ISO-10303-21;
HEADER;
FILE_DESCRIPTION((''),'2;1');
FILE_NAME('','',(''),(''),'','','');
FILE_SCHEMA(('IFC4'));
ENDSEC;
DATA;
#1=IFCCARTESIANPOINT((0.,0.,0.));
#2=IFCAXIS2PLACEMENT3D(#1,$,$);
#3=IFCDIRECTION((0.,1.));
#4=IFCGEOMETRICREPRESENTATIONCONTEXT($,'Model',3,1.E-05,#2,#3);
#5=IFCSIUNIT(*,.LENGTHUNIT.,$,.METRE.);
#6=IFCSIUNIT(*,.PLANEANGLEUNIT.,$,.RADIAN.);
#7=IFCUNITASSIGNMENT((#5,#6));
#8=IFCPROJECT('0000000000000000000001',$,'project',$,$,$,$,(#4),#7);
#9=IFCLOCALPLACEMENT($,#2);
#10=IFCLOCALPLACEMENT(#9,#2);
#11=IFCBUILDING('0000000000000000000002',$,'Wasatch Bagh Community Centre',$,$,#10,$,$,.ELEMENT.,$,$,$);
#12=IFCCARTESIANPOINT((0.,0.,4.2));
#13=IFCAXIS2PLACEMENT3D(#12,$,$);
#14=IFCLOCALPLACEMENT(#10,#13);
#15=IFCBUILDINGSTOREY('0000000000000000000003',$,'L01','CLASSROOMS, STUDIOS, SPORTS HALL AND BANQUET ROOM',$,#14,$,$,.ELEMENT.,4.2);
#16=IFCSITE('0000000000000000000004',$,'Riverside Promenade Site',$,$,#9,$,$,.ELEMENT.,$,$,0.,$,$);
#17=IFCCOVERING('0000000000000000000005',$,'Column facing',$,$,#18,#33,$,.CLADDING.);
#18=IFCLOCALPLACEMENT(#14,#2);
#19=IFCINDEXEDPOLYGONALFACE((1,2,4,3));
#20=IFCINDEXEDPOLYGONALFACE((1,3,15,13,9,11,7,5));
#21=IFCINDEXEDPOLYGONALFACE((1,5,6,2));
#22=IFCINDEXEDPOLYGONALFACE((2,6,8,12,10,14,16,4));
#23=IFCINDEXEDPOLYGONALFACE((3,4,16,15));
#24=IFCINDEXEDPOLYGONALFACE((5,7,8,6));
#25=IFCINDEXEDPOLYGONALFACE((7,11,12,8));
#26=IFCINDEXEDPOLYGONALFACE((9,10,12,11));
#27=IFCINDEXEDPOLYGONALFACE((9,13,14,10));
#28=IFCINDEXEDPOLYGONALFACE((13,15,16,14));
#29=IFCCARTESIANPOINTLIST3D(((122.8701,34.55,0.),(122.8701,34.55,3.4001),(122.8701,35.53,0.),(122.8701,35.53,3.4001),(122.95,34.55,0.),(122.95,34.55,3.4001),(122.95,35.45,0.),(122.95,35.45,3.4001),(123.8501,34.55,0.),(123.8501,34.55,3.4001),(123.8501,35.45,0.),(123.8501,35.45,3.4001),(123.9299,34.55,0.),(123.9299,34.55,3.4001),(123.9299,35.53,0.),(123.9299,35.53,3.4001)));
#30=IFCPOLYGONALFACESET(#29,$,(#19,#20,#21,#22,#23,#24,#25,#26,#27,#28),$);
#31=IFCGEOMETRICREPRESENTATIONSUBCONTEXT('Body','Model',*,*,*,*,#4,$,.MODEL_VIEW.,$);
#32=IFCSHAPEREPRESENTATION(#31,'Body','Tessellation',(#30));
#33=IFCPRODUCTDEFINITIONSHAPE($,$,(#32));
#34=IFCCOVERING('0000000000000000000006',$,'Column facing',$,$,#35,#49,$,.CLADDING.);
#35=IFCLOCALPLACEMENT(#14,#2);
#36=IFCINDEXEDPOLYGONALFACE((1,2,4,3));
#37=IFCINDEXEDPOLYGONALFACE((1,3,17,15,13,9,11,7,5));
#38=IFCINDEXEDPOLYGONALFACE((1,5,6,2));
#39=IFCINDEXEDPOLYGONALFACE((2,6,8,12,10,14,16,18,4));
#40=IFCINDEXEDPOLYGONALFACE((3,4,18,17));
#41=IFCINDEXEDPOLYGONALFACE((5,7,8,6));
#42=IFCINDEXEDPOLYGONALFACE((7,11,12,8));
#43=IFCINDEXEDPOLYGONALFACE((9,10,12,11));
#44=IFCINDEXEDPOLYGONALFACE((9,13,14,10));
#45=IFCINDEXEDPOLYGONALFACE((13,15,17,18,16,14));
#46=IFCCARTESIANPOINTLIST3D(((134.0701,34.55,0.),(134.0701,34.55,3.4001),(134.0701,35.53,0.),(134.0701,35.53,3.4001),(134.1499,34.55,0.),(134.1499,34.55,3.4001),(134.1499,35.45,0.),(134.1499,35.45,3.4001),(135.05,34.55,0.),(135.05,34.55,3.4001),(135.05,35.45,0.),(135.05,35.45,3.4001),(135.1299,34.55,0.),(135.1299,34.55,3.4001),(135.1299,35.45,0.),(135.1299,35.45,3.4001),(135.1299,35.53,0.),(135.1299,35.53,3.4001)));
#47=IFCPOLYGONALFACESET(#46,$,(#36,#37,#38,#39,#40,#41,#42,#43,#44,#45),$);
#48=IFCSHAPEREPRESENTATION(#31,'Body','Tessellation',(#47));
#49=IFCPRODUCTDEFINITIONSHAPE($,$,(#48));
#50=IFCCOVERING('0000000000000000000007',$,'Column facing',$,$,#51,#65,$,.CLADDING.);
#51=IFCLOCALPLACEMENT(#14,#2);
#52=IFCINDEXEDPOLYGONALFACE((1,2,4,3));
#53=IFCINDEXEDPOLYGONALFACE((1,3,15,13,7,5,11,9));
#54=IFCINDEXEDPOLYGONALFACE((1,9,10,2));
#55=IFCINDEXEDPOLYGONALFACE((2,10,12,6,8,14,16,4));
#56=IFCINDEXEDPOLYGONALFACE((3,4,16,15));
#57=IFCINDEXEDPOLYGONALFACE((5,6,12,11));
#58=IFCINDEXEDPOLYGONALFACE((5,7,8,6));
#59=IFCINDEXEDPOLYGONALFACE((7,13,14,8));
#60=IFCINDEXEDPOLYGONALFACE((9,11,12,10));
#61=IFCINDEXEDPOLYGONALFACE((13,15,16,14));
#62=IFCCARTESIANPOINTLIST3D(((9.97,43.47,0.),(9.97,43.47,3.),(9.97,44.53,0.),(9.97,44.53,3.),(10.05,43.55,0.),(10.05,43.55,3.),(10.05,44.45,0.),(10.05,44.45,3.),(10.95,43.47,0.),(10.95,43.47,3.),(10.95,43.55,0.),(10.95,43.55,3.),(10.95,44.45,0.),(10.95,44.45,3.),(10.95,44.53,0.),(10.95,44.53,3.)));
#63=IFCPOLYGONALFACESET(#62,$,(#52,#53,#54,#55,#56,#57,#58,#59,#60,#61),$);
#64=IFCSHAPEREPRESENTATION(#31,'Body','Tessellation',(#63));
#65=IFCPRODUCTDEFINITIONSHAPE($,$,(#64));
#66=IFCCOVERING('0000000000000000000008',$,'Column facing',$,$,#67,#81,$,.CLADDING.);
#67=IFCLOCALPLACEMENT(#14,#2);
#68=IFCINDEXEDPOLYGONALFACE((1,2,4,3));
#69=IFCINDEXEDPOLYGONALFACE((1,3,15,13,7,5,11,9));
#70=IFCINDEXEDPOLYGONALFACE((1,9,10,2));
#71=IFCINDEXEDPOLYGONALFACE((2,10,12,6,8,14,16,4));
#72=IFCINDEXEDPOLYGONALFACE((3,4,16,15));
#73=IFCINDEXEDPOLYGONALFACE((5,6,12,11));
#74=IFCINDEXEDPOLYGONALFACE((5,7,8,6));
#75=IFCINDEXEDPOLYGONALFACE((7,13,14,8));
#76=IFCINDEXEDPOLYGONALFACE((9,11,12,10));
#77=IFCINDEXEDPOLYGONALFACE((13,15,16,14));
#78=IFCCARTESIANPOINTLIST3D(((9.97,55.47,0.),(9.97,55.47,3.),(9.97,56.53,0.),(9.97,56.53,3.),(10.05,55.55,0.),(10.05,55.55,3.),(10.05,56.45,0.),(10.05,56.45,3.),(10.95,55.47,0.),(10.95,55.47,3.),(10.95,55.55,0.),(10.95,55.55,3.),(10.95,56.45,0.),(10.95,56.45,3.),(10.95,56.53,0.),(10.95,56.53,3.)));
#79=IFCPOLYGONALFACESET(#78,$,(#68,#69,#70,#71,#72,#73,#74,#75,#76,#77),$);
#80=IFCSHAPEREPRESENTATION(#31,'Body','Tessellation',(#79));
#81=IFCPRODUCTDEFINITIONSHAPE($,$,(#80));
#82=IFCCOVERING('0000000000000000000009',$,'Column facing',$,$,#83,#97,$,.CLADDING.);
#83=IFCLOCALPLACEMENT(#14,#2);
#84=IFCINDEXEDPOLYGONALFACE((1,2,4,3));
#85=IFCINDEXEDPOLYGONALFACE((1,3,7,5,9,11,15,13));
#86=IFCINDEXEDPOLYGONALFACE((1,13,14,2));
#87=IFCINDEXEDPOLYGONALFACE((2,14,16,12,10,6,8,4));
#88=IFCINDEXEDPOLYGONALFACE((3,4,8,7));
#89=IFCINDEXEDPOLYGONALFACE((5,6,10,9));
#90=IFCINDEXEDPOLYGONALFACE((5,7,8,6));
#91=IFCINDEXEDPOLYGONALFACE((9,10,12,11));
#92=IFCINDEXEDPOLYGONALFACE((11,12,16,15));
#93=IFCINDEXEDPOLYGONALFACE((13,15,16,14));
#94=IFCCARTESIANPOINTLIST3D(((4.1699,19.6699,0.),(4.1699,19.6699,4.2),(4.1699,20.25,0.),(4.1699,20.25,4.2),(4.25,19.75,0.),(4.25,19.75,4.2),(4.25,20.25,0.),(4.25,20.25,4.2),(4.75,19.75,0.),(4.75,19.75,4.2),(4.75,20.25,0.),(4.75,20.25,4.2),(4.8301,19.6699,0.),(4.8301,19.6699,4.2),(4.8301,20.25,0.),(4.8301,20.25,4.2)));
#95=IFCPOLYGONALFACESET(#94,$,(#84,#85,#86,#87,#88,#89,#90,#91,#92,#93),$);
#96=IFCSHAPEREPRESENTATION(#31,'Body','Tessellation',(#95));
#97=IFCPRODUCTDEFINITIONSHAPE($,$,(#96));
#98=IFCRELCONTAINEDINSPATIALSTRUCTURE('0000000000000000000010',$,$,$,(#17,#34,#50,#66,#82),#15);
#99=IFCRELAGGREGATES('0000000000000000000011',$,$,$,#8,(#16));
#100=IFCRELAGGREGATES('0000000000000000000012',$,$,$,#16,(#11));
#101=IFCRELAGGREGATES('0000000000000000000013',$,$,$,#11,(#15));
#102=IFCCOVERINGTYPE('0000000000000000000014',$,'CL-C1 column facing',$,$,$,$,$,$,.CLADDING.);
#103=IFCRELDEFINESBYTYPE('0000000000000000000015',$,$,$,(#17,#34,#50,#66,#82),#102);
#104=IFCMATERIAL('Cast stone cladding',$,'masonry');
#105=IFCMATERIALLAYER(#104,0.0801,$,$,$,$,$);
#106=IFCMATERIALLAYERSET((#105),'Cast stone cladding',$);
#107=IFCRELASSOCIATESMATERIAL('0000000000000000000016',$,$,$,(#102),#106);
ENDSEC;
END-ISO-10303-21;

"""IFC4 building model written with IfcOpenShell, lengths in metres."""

from ifc_helpers import new_model, si_unit, direction, frame, origin, place, context, subcontext, project, spatial, polyline, outline, extrude, material, layer, layer_set, type_object, element, save


model = new_model("IFC4")

# Units and contexts
model_context = context("Model", 3, precision=1e-05, world=origin(), true_north=direction((0.0, 1.0)))
body_context = subcontext(model_context, "Body", "Model", "MODEL_VIEW")
ifc_project = project(units=[si_unit("LENGTHUNIT", "METRE"), si_unit("PLANEANGLEUNIT", "RADIAN")], contexts=[model_context])

# Site, building, storey
site_placement = place(None, origin())
site = spatial("IfcSite", under=ifc_project, at=site_placement, Name="Riverside Promenade Site", CompositionType="ELEMENT", RefElevation=0.0)
building_placement = place(site_placement, origin())
building = spatial("IfcBuilding", under=site, at=building_placement, Name="Wasatch Bagh Community Centre", CompositionType="ELEMENT")
storey_placement = place(building_placement, frame((0.0, 0.0, 4.2)))
storey = spatial("IfcBuildingStorey", under=building, at=storey_placement, Name="L01", Description="CLASSROOMS, STUDIOS, SPORTS HALL AND BANQUET ROOM", CompositionType="ELEMENT", Elevation=4.2)

# Coverings
ifc_material_1 = material(Name="Cast stone cladding", Category="masonry")
ifc_layer_1 = layer(ifc_material_1, 0.0801)
ifc_layer_set_1 = layer_set([ifc_layer_1], Name="Cast stone cladding")
covering_type = type_object("IfcCoveringType", Name="CL-C1 column facing", PredefinedType="CLADDING", material=ifc_layer_set_1)
covering_1_placement = place(storey_placement, origin())
element("IfcCovering", 1, at=covering_1_placement, inside=storey, type_object=covering_type, Name="Column facing", PredefinedType="CLADDING", context=body_context, shape_type="SweptSolid", body=[
    extrude(outline(polyline([(122.8701, 34.55), (122.8701, 35.53), (123.9299, 35.53), (123.9299, 34.55), (123.8501, 34.55), (123.8501, 35.45), (122.95, 35.45), (122.95, 34.55), (122.8701, 34.55)])), origin(), (0.0, 0.0, 1.0), 3.4001),
])
covering_2_placement = place(storey_placement, origin())
element("IfcCovering", 2, at=covering_2_placement, inside=storey, type_object=covering_type, Name="Column facing", PredefinedType="CLADDING", context=body_context, shape_type="SweptSolid", body=[
    extrude(outline(polyline([(134.0701, 34.55), (134.0701, 35.53), (135.1299, 35.53), (135.1299, 35.45), (135.1299, 34.55), (135.05, 34.55), (135.05, 35.45), (134.1499, 35.45), (134.1499, 34.55), (134.0701, 34.55)])), origin(), (0.0, 0.0, 1.0), 3.4001),
])
covering_3_placement = place(storey_placement, origin())
element("IfcCovering", 3, at=covering_3_placement, inside=storey, type_object=covering_type, Name="Column facing", PredefinedType="CLADDING", context=body_context, shape_type="SweptSolid", body=[
    extrude(outline(polyline([(9.97, 43.47), (9.97, 44.53), (10.95, 44.53), (10.95, 44.45), (10.05, 44.45), (10.05, 43.55), (10.95, 43.55), (10.95, 43.47), (9.97, 43.47)])), origin(), (0.0, 0.0, 1.0), 3.0),
])
covering_4_placement = place(storey_placement, origin())
element("IfcCovering", 4, at=covering_4_placement, inside=storey, type_object=covering_type, Name="Column facing", PredefinedType="CLADDING", context=body_context, shape_type="SweptSolid", body=[
    extrude(outline(polyline([(9.97, 55.47), (9.97, 56.53), (10.95, 56.53), (10.95, 56.45), (10.05, 56.45), (10.05, 55.55), (10.95, 55.55), (10.95, 55.47), (9.97, 55.47)])), origin(), (0.0, 0.0, 1.0), 3.0),
])
covering_5_placement = place(storey_placement, origin())
element("IfcCovering", 5, at=covering_5_placement, inside=storey, type_object=covering_type, Name="Column facing", PredefinedType="CLADDING", context=body_context, shape_type="SweptSolid", body=[
    extrude(outline(polyline([(4.1699, 19.6699), (4.1699, 20.25), (4.25, 20.25), (4.25, 19.75), (4.75, 19.75), (4.75, 20.25), (4.8301, 20.25), (4.8301, 19.6699), (4.1699, 19.6699)])), origin(), (0.0, 0.0, 1.0), 4.2),
])

save(model, "model.ifc")
